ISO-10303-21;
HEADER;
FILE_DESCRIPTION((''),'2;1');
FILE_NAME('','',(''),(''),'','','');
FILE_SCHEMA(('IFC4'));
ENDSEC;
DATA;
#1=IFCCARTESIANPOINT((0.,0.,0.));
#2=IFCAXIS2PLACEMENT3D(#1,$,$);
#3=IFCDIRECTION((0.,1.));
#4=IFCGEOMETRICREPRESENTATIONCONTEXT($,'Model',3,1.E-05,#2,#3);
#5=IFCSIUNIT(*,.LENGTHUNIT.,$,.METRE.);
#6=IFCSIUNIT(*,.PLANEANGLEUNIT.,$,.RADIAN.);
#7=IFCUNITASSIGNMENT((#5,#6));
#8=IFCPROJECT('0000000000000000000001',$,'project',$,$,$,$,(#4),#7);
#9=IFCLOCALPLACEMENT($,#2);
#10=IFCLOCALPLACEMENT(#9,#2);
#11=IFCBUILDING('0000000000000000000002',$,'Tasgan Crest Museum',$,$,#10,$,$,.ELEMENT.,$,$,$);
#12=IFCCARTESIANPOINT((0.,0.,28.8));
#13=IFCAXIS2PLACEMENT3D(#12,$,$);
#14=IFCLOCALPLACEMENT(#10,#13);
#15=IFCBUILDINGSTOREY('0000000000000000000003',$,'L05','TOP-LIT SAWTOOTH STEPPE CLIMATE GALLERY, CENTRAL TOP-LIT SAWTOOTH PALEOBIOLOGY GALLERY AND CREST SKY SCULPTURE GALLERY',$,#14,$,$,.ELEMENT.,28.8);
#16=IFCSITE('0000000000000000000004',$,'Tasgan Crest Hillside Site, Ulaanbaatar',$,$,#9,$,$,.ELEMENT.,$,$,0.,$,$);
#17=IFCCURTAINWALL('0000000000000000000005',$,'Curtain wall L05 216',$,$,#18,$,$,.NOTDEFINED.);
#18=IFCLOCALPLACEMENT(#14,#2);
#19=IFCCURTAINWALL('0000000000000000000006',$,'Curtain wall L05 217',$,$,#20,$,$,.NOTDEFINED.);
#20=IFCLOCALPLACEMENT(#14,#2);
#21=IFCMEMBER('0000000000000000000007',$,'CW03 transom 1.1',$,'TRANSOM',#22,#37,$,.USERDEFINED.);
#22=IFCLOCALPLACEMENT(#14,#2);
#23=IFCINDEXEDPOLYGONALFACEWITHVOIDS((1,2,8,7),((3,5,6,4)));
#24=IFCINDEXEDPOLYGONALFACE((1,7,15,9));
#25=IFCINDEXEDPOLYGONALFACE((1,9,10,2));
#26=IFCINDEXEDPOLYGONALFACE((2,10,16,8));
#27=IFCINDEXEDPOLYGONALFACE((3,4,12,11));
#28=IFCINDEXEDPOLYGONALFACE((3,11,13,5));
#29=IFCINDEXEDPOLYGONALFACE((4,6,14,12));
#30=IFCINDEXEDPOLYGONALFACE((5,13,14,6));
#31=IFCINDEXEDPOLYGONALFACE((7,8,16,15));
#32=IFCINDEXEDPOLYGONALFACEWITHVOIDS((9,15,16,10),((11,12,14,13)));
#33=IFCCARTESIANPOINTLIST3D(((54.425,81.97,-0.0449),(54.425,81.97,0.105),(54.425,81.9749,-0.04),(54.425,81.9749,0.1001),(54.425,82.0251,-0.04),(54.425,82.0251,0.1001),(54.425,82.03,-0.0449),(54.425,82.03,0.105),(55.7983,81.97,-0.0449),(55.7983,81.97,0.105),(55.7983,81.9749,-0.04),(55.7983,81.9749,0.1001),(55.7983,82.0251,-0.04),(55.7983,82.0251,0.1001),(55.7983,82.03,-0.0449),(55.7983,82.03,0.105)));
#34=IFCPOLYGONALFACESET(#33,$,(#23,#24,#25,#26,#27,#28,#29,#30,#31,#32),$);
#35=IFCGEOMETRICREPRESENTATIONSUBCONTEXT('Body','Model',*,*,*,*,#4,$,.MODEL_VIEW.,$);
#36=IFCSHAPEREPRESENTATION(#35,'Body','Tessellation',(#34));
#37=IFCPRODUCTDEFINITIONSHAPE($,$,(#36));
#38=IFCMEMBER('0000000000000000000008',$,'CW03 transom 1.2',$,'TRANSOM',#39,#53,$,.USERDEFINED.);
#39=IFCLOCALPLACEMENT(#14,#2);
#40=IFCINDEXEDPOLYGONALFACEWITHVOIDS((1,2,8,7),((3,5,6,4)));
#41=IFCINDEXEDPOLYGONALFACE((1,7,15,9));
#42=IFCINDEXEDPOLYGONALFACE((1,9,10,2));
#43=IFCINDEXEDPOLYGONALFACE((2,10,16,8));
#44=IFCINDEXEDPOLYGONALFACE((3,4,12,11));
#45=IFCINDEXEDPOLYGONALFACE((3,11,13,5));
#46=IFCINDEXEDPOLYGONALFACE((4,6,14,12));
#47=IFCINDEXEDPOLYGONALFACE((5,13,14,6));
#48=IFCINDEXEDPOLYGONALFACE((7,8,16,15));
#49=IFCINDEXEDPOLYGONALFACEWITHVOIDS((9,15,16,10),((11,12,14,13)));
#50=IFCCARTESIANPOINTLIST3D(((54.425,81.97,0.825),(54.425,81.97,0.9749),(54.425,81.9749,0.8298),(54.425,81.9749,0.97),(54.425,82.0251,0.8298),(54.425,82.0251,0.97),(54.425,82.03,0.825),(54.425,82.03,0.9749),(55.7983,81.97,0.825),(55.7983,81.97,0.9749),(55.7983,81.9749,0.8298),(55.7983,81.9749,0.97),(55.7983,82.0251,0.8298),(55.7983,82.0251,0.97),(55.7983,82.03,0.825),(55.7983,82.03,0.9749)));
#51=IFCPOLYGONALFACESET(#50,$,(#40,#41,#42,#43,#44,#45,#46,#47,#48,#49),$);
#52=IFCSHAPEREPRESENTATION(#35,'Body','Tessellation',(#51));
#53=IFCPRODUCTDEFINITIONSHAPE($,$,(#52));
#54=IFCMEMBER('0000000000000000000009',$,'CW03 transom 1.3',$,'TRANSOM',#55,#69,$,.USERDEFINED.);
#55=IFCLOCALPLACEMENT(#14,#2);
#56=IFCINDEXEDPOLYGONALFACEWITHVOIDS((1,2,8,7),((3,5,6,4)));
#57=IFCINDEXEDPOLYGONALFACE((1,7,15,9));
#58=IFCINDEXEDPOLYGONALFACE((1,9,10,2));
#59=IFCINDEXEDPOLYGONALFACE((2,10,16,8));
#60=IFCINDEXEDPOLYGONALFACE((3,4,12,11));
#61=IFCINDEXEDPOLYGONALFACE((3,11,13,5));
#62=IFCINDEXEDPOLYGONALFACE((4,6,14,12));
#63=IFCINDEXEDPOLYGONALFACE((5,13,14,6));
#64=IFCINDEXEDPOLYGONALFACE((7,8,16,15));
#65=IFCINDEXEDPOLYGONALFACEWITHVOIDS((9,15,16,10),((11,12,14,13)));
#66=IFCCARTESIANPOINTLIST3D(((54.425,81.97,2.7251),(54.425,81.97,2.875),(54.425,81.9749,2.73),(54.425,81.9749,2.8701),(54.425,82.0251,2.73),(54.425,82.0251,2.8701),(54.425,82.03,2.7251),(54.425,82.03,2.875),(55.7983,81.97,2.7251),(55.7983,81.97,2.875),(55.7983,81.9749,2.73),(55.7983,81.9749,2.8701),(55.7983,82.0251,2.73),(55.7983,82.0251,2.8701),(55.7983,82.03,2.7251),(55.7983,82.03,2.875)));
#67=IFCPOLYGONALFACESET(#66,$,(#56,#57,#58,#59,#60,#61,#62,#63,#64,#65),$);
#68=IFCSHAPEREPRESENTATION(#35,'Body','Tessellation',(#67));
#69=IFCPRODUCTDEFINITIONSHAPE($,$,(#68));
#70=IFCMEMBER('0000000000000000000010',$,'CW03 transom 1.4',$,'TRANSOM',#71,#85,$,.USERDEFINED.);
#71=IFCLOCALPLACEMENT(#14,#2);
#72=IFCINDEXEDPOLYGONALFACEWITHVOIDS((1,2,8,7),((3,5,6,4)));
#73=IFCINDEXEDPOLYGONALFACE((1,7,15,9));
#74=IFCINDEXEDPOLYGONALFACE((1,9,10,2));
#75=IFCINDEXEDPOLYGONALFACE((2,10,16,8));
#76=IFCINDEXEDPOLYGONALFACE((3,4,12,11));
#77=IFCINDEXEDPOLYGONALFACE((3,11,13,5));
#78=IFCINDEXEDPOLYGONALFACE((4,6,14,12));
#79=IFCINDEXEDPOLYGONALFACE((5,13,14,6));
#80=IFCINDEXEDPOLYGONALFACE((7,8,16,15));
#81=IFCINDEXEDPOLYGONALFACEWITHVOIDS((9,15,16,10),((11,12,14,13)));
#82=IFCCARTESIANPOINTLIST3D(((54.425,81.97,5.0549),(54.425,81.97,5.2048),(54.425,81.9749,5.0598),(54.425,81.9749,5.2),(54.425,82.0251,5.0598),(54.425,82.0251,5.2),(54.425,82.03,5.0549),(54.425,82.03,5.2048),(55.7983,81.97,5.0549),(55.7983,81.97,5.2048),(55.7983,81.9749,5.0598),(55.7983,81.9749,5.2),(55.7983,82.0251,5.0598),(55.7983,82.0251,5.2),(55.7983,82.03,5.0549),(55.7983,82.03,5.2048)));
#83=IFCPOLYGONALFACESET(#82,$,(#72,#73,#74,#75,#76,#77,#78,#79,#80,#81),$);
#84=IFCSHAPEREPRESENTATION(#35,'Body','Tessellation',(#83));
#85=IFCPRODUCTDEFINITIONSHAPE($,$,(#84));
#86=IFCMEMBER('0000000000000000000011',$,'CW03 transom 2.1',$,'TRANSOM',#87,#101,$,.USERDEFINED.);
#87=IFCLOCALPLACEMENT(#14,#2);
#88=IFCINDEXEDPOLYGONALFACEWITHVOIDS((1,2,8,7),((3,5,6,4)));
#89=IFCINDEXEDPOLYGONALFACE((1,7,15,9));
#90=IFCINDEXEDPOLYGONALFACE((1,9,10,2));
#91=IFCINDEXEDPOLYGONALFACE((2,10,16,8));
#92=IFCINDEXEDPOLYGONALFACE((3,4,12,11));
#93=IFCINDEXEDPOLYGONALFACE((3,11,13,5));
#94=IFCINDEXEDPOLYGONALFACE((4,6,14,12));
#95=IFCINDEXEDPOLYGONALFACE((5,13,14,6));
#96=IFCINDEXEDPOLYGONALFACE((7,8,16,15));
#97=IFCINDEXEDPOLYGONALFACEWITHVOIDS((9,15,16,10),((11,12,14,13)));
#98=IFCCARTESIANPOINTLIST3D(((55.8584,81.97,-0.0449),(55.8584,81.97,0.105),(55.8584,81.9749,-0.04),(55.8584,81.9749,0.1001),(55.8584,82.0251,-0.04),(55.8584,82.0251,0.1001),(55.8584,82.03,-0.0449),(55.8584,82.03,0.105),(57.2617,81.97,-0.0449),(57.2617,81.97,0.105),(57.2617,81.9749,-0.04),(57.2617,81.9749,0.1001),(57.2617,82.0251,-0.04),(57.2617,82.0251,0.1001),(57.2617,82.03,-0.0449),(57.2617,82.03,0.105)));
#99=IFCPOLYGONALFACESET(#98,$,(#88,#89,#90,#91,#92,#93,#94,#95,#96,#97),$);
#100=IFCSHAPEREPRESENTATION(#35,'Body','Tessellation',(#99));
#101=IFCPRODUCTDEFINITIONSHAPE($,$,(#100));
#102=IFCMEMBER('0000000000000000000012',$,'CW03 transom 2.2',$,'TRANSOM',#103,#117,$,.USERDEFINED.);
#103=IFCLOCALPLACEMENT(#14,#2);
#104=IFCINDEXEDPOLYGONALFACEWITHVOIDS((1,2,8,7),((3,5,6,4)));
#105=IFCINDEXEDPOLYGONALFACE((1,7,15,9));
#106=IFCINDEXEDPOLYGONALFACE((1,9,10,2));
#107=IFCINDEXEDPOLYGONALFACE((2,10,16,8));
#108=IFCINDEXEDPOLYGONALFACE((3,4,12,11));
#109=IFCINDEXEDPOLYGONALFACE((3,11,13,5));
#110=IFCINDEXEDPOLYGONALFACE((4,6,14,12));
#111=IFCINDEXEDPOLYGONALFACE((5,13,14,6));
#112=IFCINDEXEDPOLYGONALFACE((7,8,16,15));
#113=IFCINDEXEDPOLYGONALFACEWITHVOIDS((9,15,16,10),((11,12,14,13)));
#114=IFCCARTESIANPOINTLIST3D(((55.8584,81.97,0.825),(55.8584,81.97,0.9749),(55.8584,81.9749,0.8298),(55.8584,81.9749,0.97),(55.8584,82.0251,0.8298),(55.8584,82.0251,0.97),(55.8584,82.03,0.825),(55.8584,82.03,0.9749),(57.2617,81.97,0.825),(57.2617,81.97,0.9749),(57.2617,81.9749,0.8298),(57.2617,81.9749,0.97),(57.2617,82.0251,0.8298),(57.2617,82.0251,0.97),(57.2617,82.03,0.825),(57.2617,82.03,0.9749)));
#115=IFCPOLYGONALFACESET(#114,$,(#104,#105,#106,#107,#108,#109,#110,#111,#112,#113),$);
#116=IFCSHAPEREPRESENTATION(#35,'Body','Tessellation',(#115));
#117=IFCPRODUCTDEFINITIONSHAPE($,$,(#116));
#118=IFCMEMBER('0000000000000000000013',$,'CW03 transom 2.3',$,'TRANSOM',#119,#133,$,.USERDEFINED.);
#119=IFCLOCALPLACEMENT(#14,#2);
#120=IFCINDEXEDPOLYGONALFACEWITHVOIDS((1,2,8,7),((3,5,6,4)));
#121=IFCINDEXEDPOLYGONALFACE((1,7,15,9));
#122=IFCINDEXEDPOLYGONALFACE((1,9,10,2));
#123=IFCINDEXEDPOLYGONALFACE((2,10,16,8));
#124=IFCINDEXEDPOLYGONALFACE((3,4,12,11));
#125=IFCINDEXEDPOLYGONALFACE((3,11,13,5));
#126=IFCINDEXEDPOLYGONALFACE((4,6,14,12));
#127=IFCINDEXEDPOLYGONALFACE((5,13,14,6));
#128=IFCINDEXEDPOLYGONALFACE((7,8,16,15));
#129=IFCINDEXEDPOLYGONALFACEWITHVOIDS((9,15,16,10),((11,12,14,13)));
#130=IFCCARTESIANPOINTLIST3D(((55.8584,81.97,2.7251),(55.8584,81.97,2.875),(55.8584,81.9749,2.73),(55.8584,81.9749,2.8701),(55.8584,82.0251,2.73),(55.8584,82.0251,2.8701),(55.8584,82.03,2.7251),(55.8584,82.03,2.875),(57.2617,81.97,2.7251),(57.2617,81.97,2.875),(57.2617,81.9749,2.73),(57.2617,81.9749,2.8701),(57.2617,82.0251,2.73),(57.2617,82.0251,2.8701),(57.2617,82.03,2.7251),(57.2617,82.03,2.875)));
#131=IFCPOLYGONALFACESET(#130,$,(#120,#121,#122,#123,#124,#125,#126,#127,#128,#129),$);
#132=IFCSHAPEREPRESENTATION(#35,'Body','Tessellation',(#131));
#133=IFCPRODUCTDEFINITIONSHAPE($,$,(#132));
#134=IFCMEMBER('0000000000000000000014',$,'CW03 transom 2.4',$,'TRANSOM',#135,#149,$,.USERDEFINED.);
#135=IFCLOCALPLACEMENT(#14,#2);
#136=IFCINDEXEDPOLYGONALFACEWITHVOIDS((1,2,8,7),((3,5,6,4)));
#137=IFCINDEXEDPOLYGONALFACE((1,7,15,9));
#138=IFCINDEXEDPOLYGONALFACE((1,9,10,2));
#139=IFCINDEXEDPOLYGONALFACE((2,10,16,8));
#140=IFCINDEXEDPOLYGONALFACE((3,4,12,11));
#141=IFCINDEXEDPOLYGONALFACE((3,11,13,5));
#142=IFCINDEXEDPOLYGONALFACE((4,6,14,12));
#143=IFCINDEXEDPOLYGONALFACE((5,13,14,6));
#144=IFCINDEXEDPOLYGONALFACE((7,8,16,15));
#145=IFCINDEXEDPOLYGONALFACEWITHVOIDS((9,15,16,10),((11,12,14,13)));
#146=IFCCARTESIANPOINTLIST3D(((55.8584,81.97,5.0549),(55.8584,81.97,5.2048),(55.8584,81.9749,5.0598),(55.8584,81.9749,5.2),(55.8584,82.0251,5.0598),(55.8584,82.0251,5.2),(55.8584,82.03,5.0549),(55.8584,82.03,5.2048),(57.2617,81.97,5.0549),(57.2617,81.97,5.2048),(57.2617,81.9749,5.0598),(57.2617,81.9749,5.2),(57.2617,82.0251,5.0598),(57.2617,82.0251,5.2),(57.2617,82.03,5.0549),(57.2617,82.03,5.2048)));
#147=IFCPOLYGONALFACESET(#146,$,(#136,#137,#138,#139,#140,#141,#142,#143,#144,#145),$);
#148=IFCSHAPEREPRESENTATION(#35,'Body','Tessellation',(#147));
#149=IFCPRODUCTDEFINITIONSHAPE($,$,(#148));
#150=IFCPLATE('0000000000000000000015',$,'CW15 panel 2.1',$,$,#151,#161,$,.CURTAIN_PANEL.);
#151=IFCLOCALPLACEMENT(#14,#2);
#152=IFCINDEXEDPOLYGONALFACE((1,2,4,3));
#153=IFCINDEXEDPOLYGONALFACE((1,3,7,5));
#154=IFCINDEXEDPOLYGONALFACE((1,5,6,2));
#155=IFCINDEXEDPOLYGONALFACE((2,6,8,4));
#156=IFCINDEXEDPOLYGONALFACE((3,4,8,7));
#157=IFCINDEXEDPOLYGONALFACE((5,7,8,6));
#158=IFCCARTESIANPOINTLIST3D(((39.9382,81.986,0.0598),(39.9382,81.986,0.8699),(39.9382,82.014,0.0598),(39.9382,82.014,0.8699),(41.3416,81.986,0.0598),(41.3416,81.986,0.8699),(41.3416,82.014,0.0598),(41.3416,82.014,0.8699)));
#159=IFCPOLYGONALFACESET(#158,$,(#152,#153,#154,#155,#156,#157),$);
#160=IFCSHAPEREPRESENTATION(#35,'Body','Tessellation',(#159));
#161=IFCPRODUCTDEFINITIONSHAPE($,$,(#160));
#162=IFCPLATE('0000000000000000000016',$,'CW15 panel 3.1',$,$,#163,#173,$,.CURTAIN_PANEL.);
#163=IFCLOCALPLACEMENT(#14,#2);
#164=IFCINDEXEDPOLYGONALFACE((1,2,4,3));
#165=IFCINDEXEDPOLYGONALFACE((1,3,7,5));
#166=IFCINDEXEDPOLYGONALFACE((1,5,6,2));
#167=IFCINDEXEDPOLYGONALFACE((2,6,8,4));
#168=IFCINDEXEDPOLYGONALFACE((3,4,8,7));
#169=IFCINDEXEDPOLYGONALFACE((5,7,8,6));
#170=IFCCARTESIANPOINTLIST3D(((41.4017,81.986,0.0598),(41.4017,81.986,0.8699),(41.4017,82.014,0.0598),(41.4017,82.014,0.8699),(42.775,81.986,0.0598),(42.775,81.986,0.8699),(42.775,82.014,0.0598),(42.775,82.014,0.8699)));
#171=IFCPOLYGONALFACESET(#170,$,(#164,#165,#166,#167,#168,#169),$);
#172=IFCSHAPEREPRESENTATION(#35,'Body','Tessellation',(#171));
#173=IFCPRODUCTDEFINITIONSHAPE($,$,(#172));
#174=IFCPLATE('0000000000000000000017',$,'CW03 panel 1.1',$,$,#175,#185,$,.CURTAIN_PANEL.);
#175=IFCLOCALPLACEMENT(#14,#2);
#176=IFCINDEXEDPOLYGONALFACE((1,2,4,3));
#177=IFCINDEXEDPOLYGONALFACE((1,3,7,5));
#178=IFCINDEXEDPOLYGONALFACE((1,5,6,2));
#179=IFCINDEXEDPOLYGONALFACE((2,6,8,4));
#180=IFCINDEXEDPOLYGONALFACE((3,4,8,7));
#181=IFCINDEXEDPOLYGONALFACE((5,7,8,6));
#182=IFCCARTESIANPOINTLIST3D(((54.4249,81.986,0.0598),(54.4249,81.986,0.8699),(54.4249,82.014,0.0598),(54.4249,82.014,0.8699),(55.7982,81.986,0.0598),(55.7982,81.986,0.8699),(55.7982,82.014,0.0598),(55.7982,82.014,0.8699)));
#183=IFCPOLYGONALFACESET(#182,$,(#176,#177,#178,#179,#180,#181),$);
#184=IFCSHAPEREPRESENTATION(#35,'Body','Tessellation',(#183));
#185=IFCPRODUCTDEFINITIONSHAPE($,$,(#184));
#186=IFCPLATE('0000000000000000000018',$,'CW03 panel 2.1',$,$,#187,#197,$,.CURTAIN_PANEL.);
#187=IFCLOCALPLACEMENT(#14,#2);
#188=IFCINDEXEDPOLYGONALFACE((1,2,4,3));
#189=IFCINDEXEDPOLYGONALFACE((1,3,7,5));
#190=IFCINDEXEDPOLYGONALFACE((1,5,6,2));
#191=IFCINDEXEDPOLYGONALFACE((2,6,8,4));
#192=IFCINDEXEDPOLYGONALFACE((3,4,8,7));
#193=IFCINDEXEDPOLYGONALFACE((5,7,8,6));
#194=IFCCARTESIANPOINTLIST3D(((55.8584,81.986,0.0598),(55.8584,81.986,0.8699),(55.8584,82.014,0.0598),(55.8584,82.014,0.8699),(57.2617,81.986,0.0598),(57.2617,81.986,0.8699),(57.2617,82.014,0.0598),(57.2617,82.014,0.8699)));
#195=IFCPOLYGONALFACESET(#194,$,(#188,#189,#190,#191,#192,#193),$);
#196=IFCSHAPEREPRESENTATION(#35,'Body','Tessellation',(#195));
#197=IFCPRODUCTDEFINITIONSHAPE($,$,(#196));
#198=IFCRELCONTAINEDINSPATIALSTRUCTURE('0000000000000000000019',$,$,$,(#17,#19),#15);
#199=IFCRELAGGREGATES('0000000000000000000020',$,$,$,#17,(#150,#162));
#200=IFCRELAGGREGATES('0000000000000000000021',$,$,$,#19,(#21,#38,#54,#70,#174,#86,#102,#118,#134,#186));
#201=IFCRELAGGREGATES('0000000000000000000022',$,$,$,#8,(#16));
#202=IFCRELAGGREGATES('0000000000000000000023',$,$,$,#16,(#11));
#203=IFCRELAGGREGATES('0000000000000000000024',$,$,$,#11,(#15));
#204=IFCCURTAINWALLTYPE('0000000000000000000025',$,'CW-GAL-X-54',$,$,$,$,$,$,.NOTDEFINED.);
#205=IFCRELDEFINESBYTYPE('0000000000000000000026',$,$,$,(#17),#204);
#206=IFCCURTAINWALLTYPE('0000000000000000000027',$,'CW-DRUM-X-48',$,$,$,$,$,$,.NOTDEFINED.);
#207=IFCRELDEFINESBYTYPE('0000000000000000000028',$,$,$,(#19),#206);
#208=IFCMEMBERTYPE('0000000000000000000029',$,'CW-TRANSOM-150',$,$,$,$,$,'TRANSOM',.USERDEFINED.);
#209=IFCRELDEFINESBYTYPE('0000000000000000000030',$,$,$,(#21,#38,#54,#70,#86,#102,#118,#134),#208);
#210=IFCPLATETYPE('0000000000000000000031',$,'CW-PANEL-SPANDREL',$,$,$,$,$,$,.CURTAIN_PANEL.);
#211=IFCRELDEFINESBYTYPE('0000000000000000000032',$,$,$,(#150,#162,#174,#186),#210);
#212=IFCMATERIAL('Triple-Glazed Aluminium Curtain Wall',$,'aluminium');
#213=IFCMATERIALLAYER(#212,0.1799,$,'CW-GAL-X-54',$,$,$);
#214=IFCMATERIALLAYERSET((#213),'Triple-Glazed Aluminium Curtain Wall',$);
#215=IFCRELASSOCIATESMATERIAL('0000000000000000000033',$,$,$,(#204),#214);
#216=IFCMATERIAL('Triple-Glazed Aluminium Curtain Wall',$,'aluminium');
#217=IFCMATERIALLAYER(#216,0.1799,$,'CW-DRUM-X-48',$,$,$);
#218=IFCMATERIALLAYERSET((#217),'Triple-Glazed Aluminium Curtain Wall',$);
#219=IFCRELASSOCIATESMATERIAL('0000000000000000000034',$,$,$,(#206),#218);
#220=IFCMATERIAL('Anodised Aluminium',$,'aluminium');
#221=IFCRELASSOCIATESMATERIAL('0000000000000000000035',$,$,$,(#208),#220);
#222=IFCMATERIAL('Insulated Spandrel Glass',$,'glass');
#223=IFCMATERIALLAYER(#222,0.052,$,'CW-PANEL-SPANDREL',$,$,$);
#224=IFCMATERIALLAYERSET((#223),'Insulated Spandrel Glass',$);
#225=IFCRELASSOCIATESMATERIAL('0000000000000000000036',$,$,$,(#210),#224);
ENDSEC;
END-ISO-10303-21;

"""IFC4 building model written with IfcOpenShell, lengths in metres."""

from ifc_helpers import new_model, si_unit, direction, frame, origin, origin_2d, place, context, subcontext, project, spatial, rectangle, hollow_rectangle, extrude, material, layer, layer_set, material_profile, profile_set, type_object, element, aggregate, save


model = new_model("IFC4")

# Units and contexts
model_context = context("Model", 3, precision=1e-05, world=origin(), true_north=direction((0.0, 1.0)))
body_context = subcontext(model_context, "Body", "Model", "MODEL_VIEW")
ifc_project = project(units=[si_unit("LENGTHUNIT", "METRE"), si_unit("PLANEANGLEUNIT", "RADIAN")], contexts=[model_context])

# Site, building, storey
site_placement = place(None, origin())
site = spatial("IfcSite", under=ifc_project, at=site_placement, Name="Tasgan Crest Hillside Site, Ulaanbaatar", CompositionType="ELEMENT", RefElevation=0.0)
building_placement = place(site_placement, origin())
building = spatial("IfcBuilding", under=site, at=building_placement, Name="Tasgan Crest Museum", CompositionType="ELEMENT")
storey_placement = place(building_placement, frame((0.0, 0.0, 28.8)))
storey = spatial("IfcBuildingStorey", under=building, at=storey_placement, Name="L05", Description="TOP-LIT SAWTOOTH STEPPE CLIMATE GALLERY, CENTRAL TOP-LIT SAWTOOTH PALEOBIOLOGY GALLERY AND CREST SKY SCULPTURE GALLERY", CompositionType="ELEMENT", Elevation=28.8)

# Curtain walls
ifc_material_1 = material(Name="Triple-Glazed Aluminium Curtain Wall", Category="aluminium")
ifc_layer_1 = layer(ifc_material_1, 0.1799, Name="CW-GAL-X-54")
ifc_layer_set_1 = layer_set([ifc_layer_1], Name="Triple-Glazed Aluminium Curtain Wall")
curtain_wall_type_1 = type_object("IfcCurtainWallType", Name="CW-GAL-X-54", PredefinedType="NOTDEFINED", material=ifc_layer_set_1)
curtain_wall_1_placement = place(storey_placement, origin())
curtain_wall_1 = element("IfcCurtainWall", 1, at=curtain_wall_1_placement, inside=storey, type_object=curtain_wall_type_1, Name="Curtain wall L05 216", PredefinedType="NOTDEFINED")
ifc_material_2 = material(Name="Triple-Glazed Aluminium Curtain Wall", Category="aluminium")
ifc_layer_2 = layer(ifc_material_2, 0.1799, Name="CW-DRUM-X-48")
ifc_layer_set_2 = layer_set([ifc_layer_2], Name="Triple-Glazed Aluminium Curtain Wall")
curtain_wall_type_2 = type_object("IfcCurtainWallType", Name="CW-DRUM-X-48", PredefinedType="NOTDEFINED", material=ifc_layer_set_2)
curtain_wall_2_placement = place(storey_placement, origin())
curtain_wall_2 = element("IfcCurtainWall", 2, at=curtain_wall_2_placement, inside=storey, type_object=curtain_wall_type_2, Name="Curtain wall L05 217", PredefinedType="NOTDEFINED")

# Members
ifc_material_3 = material(Name="Anodised Aluminium", Category="aluminium")
ifc_material_profile_1 = material_profile(ifc_material_3, hollow_rectangle(XDim=0.0601, YDim=0.1499, WallThickness=0.0049, at=origin_2d()), Name="ALU TRANSOM 150x60x5")
ifc_profile_set_1 = profile_set([ifc_material_profile_1], Name="Anodised Aluminium")
member_type_1 = type_object("IfcMemberType", Name="CW-TRANSOM-150", ElementType="TRANSOM", PredefinedType="USERDEFINED", material=ifc_profile_set_1)
member_1_placement = place(storey_placement, frame((54.425, 82.0, 0.03), z_axis=(1.0, 0.0, 0.0), x_axis=(0.0, 1.0, 0.0)))
member_1 = element("IfcMember", 3, at=member_1_placement, type_object=member_type_1, Name="CW03 transom 1.1", ObjectType="TRANSOM", PredefinedType="USERDEFINED", context=body_context, shape_type="SweptSolid", body=[
    extrude(hollow_rectangle(XDim=0.0601, YDim=0.1499, WallThickness=0.0049, at=origin_2d()), origin(), (0.0, 0.0, 1.0), 1.3733),
])
member_2_placement = place(storey_placement, frame((54.425, 82.0, 0.8999), z_axis=(1.0, 0.0, 0.0), x_axis=(0.0, 1.0, 0.0)))
member_2 = element("IfcMember", 4, at=member_2_placement, type_object=member_type_1, Name="CW03 transom 1.2", ObjectType="TRANSOM", PredefinedType="USERDEFINED", context=body_context, shape_type="SweptSolid", body=[
    extrude(hollow_rectangle(XDim=0.0601, YDim=0.1499, WallThickness=0.0049, at=origin_2d()), origin(), (0.0, 0.0, 1.0), 1.3733),
])
member_3_placement = place(storey_placement, frame((54.425, 82.0, 2.8), z_axis=(1.0, 0.0, 0.0), x_axis=(0.0, 1.0, 0.0)))
member_3 = element("IfcMember", 5, at=member_3_placement, type_object=member_type_1, Name="CW03 transom 1.3", ObjectType="TRANSOM", PredefinedType="USERDEFINED", context=body_context, shape_type="SweptSolid", body=[
    extrude(hollow_rectangle(XDim=0.0601, YDim=0.1499, WallThickness=0.0049, at=origin_2d()), origin(), (0.0, 0.0, 1.0), 1.3733),
])
member_4_placement = place(storey_placement, frame((54.425, 82.0, 5.1299), z_axis=(1.0, 0.0, 0.0), x_axis=(0.0, 1.0, 0.0)))
member_4 = element("IfcMember", 6, at=member_4_placement, type_object=member_type_1, Name="CW03 transom 1.4", ObjectType="TRANSOM", PredefinedType="USERDEFINED", context=body_context, shape_type="SweptSolid", body=[
    extrude(hollow_rectangle(XDim=0.0601, YDim=0.1499, WallThickness=0.0049, at=origin_2d()), origin(), (0.0, 0.0, 1.0), 1.3733),
])
member_5_placement = place(storey_placement, frame((55.8584, 82.0, 0.03), z_axis=(1.0, 0.0, 0.0), x_axis=(0.0, 1.0, 0.0)))
member_5 = element("IfcMember", 7, at=member_5_placement, type_object=member_type_1, Name="CW03 transom 2.1", ObjectType="TRANSOM", PredefinedType="USERDEFINED", context=body_context, shape_type="SweptSolid", body=[
    extrude(hollow_rectangle(XDim=0.0601, YDim=0.1499, WallThickness=0.0049, at=origin_2d()), origin(), (0.0, 0.0, 1.0), 1.4033),
])
member_6_placement = place(storey_placement, frame((55.8584, 82.0, 0.8999), z_axis=(1.0, 0.0, 0.0), x_axis=(0.0, 1.0, 0.0)))
member_6 = element("IfcMember", 8, at=member_6_placement, type_object=member_type_1, Name="CW03 transom 2.2", ObjectType="TRANSOM", PredefinedType="USERDEFINED", context=body_context, shape_type="SweptSolid", body=[
    extrude(hollow_rectangle(XDim=0.0601, YDim=0.1499, WallThickness=0.0049, at=origin_2d()), origin(), (0.0, 0.0, 1.0), 1.4033),
])
member_7_placement = place(storey_placement, frame((55.8584, 82.0, 2.8), z_axis=(1.0, 0.0, 0.0), x_axis=(0.0, 1.0, 0.0)))
member_7 = element("IfcMember", 9, at=member_7_placement, type_object=member_type_1, Name="CW03 transom 2.3", ObjectType="TRANSOM", PredefinedType="USERDEFINED", context=body_context, shape_type="SweptSolid", body=[
    extrude(hollow_rectangle(XDim=0.0601, YDim=0.1499, WallThickness=0.0049, at=origin_2d()), origin(), (0.0, 0.0, 1.0), 1.4033),
])
member_8_placement = place(storey_placement, frame((55.8584, 82.0, 5.1299), z_axis=(1.0, 0.0, 0.0), x_axis=(0.0, 1.0, 0.0)))
member_8 = element("IfcMember", 10, at=member_8_placement, type_object=member_type_1, Name="CW03 transom 2.4", ObjectType="TRANSOM", PredefinedType="USERDEFINED", context=body_context, shape_type="SweptSolid", body=[
    extrude(hollow_rectangle(XDim=0.0601, YDim=0.1499, WallThickness=0.0049, at=origin_2d()), origin(), (0.0, 0.0, 1.0), 1.4033),
])

# Plates
ifc_material_4 = material(Name="Insulated Spandrel Glass", Category="glass")
ifc_layer_3 = layer(ifc_material_4, 0.052, Name="CW-PANEL-SPANDREL")
ifc_layer_set_3 = layer_set([ifc_layer_3], Name="Insulated Spandrel Glass")
plate_type_1 = type_object("IfcPlateType", Name="CW-PANEL-SPANDREL", PredefinedType="CURTAIN_PANEL", material=ifc_layer_set_3)
plate_1_placement = place(storey_placement, frame((40.6399, 82.0, 0.0598), z_axis=(0.0, 0.0, 1.0), x_axis=(1.0, 0.0, 0.0)))
plate_1 = element("IfcPlate", 11, at=plate_1_placement, type_object=plate_type_1, Name="CW15 panel 2.1", PredefinedType="CURTAIN_PANEL", context=body_context, shape_type="SweptSolid", body=[
    extrude(rectangle(XDim=1.4033, YDim=0.0281, at=origin_2d()), origin(), (0.0, 0.0, 1.0), 0.8101),
])
plate_2_placement = place(storey_placement, frame((42.0884, 82.0, 0.0598), z_axis=(0.0, 0.0, 1.0), x_axis=(1.0, 0.0, 0.0)))
plate_2 = element("IfcPlate", 12, at=plate_2_placement, type_object=plate_type_1, Name="CW15 panel 3.1", PredefinedType="CURTAIN_PANEL", context=body_context, shape_type="SweptSolid", body=[
    extrude(rectangle(XDim=1.3733, YDim=0.0281, at=origin_2d()), origin(), (0.0, 0.0, 1.0), 0.8101),
])
plate_3_placement = place(storey_placement, frame((55.1116, 82.0, 0.0598), z_axis=(0.0, 0.0, 1.0), x_axis=(1.0, 0.0, 0.0)))
plate_3 = element("IfcPlate", 13, at=plate_3_placement, type_object=plate_type_1, Name="CW03 panel 1.1", PredefinedType="CURTAIN_PANEL", context=body_context, shape_type="SweptSolid", body=[
    extrude(rectangle(XDim=1.3733, YDim=0.0281, at=origin_2d()), origin(), (0.0, 0.0, 1.0), 0.8101),
])
plate_4_placement = place(storey_placement, frame((56.5601, 82.0, 0.0598), z_axis=(0.0, 0.0, 1.0), x_axis=(1.0, 0.0, 0.0)))
plate_4 = element("IfcPlate", 14, at=plate_4_placement, type_object=plate_type_1, Name="CW03 panel 2.1", PredefinedType="CURTAIN_PANEL", context=body_context, shape_type="SweptSolid", body=[
    extrude(rectangle(XDim=1.4033, YDim=0.0281, at=origin_2d()), origin(), (0.0, 0.0, 1.0), 0.8101),
])
aggregate(curtain_wall_1, [plate_1, plate_2])
aggregate(curtain_wall_2, [member_1, member_2, member_3, member_4, plate_3, member_5, member_6, member_7, member_8, plate_4])

save(model, "model.ifc")
